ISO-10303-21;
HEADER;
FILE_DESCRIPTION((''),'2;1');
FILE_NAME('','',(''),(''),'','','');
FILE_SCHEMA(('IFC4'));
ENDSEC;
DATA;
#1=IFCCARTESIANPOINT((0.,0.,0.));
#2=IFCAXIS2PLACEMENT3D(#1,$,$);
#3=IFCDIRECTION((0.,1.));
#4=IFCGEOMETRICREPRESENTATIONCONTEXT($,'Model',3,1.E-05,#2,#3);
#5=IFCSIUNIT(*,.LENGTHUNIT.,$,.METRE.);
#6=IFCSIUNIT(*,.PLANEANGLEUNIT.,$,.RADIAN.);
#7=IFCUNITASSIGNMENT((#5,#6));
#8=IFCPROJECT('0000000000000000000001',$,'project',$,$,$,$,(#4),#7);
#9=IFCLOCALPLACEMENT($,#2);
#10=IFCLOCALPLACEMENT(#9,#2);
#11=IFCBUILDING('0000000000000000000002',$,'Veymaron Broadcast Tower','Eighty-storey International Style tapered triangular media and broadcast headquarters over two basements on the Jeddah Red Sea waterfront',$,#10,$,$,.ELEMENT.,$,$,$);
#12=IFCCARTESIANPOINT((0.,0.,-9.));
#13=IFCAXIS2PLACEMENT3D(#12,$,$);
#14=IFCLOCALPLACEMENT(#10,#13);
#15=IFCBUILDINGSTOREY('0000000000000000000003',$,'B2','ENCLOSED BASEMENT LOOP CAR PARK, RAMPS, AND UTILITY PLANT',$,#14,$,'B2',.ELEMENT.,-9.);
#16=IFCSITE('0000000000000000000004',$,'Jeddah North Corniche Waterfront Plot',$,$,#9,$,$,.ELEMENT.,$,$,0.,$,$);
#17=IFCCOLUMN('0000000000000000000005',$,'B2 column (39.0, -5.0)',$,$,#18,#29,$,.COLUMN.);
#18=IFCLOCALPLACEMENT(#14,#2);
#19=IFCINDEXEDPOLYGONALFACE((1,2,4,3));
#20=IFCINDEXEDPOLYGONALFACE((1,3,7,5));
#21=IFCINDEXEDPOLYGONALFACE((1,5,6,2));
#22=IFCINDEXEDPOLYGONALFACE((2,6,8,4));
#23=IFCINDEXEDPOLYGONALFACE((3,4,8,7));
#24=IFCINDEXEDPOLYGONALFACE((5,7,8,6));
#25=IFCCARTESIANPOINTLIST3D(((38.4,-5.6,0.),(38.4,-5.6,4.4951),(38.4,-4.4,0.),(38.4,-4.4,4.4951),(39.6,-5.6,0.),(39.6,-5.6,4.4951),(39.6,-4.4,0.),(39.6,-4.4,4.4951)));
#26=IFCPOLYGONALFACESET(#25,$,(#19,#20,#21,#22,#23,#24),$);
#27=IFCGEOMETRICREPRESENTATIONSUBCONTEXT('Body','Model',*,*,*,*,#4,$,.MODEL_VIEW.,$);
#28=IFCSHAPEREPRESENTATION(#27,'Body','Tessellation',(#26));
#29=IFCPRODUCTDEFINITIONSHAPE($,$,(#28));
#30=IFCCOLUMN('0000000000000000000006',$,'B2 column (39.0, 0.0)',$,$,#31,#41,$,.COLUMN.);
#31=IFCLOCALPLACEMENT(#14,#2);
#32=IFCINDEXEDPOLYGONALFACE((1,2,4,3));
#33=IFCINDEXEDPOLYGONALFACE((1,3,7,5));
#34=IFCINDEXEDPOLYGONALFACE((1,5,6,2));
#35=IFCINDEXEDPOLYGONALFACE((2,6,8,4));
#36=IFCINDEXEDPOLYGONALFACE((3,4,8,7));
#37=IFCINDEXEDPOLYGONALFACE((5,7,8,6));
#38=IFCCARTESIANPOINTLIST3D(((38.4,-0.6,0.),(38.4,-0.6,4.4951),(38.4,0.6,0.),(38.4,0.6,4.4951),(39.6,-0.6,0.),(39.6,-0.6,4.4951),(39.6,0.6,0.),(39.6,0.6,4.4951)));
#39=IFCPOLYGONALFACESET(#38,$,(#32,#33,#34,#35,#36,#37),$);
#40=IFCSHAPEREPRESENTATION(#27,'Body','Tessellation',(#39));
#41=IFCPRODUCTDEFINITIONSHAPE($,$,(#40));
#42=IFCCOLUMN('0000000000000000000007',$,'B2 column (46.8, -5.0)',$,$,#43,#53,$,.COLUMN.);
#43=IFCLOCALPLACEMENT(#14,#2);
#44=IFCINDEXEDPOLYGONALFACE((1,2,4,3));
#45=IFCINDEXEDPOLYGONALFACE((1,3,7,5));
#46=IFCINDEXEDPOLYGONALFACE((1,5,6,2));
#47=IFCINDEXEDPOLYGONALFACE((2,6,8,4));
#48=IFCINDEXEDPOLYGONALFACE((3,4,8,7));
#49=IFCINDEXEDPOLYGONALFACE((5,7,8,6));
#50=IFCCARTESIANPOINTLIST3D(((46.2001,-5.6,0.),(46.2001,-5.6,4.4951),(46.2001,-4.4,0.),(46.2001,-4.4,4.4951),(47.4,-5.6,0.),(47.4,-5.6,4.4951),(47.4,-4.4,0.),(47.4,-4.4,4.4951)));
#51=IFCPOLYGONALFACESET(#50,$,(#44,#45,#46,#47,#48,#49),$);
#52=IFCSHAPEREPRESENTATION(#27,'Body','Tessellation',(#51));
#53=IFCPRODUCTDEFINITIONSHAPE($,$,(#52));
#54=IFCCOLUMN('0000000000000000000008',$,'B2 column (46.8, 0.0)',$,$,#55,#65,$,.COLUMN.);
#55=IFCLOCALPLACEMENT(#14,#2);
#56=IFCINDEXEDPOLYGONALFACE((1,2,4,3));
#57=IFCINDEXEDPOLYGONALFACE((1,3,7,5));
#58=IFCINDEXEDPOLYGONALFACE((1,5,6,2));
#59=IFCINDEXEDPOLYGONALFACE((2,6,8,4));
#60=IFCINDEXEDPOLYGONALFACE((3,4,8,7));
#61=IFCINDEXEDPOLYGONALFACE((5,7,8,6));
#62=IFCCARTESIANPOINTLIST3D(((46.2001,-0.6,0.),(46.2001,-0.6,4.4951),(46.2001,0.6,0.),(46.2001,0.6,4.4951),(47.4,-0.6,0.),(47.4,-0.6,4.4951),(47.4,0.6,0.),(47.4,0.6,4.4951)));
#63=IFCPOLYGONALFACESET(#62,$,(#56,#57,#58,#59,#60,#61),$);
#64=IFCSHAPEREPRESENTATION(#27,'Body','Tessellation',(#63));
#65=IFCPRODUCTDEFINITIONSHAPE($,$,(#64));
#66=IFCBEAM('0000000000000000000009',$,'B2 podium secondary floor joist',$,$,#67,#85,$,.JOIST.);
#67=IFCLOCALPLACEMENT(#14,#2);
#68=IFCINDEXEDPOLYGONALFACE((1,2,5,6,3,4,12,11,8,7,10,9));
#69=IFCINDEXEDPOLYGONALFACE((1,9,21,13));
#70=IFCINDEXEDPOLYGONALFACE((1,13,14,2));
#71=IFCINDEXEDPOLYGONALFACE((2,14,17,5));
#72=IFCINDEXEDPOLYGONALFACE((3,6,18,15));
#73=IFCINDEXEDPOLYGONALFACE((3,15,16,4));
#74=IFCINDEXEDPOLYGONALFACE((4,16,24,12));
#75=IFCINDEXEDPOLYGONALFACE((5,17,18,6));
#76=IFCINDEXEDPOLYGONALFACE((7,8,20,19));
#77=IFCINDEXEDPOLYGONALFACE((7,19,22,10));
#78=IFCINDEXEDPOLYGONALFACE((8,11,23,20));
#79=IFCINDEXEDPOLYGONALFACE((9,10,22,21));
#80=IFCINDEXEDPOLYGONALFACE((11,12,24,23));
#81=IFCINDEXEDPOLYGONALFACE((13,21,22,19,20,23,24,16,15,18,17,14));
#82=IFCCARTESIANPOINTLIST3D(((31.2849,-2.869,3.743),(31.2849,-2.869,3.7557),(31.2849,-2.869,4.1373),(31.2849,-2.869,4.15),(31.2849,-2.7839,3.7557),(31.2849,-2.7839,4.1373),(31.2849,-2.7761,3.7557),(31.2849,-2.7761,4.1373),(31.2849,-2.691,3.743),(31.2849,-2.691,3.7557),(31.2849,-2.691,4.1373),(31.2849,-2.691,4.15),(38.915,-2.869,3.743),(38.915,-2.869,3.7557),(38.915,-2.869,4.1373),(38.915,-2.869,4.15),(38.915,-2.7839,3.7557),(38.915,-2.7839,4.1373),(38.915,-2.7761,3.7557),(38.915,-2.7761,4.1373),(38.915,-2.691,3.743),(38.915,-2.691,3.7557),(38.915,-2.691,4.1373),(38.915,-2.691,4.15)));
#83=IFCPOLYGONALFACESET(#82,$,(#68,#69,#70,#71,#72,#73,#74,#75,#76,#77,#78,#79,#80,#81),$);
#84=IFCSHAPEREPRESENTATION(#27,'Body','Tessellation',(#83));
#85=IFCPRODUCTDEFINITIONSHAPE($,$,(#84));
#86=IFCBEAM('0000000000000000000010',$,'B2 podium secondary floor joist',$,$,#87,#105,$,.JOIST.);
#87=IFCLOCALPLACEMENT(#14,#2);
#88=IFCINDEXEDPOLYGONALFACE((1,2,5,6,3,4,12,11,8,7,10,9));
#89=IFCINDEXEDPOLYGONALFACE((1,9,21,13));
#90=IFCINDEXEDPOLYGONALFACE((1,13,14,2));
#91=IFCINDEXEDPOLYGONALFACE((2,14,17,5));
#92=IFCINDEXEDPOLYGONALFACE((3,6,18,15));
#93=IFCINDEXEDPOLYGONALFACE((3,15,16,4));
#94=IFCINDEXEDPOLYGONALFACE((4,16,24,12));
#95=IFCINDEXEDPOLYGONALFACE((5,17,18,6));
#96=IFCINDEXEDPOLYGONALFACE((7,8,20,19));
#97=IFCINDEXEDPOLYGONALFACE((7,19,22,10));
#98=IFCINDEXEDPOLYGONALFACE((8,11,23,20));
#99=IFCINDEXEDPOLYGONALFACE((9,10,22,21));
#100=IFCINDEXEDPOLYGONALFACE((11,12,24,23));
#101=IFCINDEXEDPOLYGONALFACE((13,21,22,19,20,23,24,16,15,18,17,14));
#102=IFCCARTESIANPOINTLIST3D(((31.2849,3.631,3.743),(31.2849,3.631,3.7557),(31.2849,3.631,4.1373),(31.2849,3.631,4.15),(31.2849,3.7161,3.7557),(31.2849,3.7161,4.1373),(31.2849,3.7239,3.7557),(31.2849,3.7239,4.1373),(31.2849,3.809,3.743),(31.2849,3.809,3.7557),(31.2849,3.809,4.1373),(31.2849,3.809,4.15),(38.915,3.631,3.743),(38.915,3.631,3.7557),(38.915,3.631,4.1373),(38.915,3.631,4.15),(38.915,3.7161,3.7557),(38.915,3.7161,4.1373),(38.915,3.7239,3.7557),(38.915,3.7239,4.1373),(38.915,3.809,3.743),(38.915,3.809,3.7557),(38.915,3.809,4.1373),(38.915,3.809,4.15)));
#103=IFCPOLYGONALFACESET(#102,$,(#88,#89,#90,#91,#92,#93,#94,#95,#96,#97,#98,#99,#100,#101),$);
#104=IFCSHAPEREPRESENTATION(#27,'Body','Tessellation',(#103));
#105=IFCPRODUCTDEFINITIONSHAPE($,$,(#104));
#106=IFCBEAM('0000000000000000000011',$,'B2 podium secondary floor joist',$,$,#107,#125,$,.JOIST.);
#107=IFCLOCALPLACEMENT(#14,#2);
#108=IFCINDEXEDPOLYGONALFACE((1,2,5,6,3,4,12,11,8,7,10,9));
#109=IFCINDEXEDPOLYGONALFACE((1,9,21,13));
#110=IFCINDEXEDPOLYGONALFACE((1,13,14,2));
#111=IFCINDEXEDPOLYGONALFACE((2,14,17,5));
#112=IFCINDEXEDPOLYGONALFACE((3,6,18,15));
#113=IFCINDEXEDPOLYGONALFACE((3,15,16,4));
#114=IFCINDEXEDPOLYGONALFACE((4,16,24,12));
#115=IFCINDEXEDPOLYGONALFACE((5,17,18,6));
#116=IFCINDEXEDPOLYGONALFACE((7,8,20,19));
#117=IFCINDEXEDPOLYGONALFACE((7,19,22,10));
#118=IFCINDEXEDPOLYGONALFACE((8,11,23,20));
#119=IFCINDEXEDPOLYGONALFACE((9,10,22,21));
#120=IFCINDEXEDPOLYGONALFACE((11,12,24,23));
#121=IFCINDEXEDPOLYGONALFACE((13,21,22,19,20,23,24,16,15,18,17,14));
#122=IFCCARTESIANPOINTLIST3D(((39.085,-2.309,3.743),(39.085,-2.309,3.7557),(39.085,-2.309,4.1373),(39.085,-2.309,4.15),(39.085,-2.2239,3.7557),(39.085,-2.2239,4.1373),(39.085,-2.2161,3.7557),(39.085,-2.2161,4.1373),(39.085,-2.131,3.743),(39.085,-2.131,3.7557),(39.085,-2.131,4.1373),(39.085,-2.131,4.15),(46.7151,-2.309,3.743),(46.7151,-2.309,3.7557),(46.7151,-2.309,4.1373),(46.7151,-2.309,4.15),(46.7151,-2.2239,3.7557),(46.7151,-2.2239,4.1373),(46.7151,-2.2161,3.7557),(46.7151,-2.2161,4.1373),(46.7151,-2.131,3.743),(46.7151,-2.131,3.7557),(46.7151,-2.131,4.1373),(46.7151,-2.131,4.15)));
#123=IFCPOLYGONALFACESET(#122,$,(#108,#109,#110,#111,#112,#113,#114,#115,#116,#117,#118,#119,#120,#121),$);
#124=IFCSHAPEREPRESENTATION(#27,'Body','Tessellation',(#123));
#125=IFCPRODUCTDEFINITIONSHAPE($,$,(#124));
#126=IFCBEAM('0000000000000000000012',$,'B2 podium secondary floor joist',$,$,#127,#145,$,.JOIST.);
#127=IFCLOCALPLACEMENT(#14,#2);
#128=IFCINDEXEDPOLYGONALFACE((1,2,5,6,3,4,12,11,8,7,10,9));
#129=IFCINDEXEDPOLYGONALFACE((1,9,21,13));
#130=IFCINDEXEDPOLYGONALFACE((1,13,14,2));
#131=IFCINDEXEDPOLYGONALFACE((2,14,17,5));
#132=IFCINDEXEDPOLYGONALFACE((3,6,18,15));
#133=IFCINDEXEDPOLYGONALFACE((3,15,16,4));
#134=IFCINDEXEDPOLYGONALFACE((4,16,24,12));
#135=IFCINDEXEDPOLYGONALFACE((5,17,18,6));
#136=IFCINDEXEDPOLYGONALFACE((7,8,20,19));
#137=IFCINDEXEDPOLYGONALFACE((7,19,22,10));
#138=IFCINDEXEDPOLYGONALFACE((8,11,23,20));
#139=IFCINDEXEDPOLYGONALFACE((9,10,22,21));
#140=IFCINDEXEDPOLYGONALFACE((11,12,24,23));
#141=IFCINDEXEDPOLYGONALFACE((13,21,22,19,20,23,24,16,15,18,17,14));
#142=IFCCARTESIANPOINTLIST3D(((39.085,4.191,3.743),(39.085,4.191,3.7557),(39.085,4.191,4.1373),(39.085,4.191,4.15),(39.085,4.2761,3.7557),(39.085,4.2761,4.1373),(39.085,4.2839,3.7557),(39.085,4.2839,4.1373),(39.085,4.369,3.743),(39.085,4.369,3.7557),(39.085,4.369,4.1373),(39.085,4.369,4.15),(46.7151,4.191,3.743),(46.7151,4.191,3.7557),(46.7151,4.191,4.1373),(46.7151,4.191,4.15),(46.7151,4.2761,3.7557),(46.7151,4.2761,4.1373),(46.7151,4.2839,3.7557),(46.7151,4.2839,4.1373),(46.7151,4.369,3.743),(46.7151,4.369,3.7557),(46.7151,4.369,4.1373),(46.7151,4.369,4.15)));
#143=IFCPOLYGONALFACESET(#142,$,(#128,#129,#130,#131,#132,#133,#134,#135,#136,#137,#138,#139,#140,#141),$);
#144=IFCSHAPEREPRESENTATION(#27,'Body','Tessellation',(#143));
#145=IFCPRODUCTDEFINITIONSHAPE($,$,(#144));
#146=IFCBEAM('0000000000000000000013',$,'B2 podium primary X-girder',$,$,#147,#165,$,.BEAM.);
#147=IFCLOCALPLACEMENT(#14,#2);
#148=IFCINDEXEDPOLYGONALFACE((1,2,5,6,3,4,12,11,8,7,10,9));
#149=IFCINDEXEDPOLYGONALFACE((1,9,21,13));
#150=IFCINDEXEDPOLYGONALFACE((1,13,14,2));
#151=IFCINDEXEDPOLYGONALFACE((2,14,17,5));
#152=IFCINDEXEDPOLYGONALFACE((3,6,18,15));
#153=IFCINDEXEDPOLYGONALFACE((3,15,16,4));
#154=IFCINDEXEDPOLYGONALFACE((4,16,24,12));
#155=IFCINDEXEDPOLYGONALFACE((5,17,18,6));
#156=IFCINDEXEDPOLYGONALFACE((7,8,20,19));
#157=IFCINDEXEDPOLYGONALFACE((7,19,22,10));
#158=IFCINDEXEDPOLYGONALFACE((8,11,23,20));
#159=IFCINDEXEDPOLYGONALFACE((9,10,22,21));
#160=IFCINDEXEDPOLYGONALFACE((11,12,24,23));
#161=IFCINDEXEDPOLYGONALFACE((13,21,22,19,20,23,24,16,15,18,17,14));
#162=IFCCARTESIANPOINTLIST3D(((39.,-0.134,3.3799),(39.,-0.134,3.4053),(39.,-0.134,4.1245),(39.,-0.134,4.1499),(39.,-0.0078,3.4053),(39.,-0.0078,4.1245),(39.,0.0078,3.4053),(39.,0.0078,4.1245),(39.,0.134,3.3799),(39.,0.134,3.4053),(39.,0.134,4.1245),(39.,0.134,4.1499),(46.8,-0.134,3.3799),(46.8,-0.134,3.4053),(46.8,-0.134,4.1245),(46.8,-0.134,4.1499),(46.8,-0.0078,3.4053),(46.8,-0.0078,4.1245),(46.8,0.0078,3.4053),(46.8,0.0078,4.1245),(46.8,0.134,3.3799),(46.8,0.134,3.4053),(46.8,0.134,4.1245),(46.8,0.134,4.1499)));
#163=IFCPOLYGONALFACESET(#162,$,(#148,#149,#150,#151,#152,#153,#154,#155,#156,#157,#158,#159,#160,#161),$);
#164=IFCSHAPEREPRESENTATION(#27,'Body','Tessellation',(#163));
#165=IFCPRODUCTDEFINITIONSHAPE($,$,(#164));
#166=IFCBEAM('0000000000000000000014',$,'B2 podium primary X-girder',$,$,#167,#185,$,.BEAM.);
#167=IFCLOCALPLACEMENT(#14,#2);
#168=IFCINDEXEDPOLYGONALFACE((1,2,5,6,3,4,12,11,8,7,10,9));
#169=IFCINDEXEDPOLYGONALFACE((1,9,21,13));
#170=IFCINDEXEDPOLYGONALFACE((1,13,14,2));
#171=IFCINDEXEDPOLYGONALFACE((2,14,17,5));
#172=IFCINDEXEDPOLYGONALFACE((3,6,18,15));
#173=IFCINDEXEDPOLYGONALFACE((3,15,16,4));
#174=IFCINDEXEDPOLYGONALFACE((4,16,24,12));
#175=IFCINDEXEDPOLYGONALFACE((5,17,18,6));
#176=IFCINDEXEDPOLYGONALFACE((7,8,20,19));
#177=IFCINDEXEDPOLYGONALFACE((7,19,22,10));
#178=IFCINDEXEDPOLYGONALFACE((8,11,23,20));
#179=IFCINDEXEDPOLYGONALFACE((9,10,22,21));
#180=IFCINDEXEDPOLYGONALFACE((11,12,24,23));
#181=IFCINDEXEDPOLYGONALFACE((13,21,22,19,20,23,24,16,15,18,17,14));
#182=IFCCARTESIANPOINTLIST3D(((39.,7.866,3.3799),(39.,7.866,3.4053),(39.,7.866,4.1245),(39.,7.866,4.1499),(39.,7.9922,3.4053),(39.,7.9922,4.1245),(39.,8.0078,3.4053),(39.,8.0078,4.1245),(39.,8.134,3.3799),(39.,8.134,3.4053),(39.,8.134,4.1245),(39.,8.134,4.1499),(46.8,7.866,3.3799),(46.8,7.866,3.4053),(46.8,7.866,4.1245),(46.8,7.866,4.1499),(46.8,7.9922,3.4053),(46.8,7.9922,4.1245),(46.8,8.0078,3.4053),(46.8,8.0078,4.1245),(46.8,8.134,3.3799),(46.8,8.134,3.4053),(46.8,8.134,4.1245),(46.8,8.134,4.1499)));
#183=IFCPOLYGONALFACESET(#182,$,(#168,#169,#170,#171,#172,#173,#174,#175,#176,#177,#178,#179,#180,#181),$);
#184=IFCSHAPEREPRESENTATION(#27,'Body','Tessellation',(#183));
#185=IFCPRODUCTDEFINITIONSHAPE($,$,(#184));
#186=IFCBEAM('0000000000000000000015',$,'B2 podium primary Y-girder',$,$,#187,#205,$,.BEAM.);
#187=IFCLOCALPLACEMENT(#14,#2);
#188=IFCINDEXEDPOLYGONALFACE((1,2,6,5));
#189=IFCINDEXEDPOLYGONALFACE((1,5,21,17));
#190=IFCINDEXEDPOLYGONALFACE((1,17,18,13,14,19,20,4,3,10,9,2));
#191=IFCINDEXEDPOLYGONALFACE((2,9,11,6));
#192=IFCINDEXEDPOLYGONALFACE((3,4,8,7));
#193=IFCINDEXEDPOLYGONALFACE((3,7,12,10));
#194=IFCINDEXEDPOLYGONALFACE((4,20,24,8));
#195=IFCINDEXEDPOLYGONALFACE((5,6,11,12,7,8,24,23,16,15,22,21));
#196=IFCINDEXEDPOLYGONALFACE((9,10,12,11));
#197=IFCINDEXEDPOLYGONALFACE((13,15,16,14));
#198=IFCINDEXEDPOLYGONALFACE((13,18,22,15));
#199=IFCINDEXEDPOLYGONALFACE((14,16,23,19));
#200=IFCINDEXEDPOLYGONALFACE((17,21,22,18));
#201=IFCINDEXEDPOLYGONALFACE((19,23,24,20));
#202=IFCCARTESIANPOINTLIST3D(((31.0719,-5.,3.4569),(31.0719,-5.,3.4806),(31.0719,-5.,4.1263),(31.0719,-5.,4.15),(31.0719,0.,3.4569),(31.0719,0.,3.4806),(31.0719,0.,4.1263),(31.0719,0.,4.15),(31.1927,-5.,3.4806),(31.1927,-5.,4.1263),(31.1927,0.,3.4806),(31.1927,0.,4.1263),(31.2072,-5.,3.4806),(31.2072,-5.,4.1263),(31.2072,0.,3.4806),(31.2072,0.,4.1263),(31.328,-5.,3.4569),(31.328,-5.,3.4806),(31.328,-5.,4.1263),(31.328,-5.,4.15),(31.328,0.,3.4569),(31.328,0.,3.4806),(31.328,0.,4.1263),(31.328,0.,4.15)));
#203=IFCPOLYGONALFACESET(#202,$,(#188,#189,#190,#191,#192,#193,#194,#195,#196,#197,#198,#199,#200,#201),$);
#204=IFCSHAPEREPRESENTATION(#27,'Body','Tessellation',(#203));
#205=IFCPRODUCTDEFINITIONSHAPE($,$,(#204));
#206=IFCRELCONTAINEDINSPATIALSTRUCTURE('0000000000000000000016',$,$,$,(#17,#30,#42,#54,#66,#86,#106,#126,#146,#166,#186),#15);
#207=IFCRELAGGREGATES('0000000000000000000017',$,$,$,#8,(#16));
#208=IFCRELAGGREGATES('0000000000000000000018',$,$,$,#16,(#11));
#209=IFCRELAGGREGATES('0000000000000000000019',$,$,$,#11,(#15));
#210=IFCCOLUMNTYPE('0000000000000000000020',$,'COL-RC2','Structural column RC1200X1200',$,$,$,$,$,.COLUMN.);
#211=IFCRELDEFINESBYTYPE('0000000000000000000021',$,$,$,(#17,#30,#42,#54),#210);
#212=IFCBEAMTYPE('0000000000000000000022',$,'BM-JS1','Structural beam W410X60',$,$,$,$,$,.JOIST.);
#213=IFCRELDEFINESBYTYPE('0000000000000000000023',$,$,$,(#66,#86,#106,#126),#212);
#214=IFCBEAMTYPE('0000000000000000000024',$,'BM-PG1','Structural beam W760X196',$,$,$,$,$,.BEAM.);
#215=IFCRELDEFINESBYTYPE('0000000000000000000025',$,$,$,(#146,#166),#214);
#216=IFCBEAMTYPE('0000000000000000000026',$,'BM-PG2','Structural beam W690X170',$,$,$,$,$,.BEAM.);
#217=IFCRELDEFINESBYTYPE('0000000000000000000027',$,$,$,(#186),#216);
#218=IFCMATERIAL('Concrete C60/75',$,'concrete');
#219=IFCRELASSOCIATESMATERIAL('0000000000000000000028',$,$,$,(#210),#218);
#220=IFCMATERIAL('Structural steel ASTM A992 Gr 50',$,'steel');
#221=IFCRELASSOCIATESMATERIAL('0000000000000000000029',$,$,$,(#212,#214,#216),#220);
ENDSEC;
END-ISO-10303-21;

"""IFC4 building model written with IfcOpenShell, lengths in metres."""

from ifc_helpers import new_model, si_unit, direction, frame, origin, origin_2d, place, context, subcontext, project, spatial, rectangle, i_section, extrude, material, material_profile, profile_set, type_object, element, save


model = new_model("IFC4")

# Units and contexts
model_context = context("Model", 3, precision=1e-05, world=origin(), true_north=direction((0.0, 1.0)))
body_context = subcontext(model_context, "Body", "Model", "MODEL_VIEW")
ifc_project = project(units=[si_unit("LENGTHUNIT", "METRE"), si_unit("PLANEANGLEUNIT", "RADIAN")], contexts=[model_context])

# Site, building, storey
site_placement = place(None, origin())
site = spatial("IfcSite", under=ifc_project, at=site_placement, Name="Jeddah North Corniche Waterfront Plot", CompositionType="ELEMENT", RefElevation=0.0)
building_placement = place(site_placement, origin())
building = spatial("IfcBuilding", under=site, at=building_placement, Name="Veymaron Broadcast Tower", Description="Eighty-storey International Style tapered triangular media and broadcast headquarters over two basements on the Jeddah Red Sea waterfront", CompositionType="ELEMENT")
storey_placement = place(building_placement, frame((0.0, 0.0, -9.0)))
storey = spatial("IfcBuildingStorey", under=building, at=storey_placement, Name="B2", Description="ENCLOSED BASEMENT LOOP CAR PARK, RAMPS, AND UTILITY PLANT", LongName="B2", CompositionType="ELEMENT", Elevation=-9.0)

# Columns
ifc_material_1 = material(Name="Concrete C60/75", Category="concrete")
ifc_material_profile_1 = material_profile(ifc_material_1, rectangle(XDim=1.2, YDim=1.2, at=origin_2d()), Name="RC1200X1200")
ifc_profile_set_1 = profile_set([ifc_material_profile_1], Name="Concrete C60/75")
column_type_1 = type_object("IfcColumnType", Name="COL-RC2", Description="Structural column RC1200X1200", PredefinedType="COLUMN", material=ifc_profile_set_1)
for number, where, z_axis, x_axis, name in (
    (1, (39.0, -5.0, 0.0), (0.0, 0.0, 1.0), (1.0, 0.0, 0.0), "B2 column (39.0, -5.0)"),
    (2, (39.0, 0.0, 0.0), (0.0, 0.0, 1.0), (1.0, 0.0, 0.0), "B2 column (39.0, 0.0)"),
    (3, (46.8, -5.0, 0.0), (0.0, 0.0, 1.0), (1.0, 0.0, 0.0), "B2 column (46.8, -5.0)"),
    (4, (46.8, 0.0, 0.0), (0.0, 0.0, 1.0), (1.0, 0.0, 0.0), "B2 column (46.8, 0.0)"),
):
    element("IfcColumn", number, at=place(storey_placement, frame(where, z_axis=z_axis, x_axis=x_axis)), inside=storey, type_object=column_type_1, Name=name, PredefinedType="COLUMN", context=body_context, shape_type="SweptSolid", body=[
        extrude(rectangle(XDim=1.2, YDim=1.2, at=origin_2d()), origin(), (0.0, 0.0, 1.0), 4.4951),
    ])

# Beams
ifc_material_2 = material(Name="Structural steel ASTM A992 Gr 50", Category="steel")
ifc_material_profile_2 = material_profile(ifc_material_2, i_section(OverallWidth=0.178, OverallDepth=0.407, WebThickness=0.0078, FlangeThickness=0.0127, at=origin_2d()), Name="W410X60")
ifc_profile_set_2 = profile_set([ifc_material_profile_2], Name="Structural steel ASTM A992 Gr 50")
beam_type_1 = type_object("IfcBeamType", Name="BM-JS1", Description="Structural beam W410X60", PredefinedType="JOIST", material=ifc_profile_set_2)
for number, where, z_axis, x_axis, name in (
    (5, (31.2849, -2.78, 3.9465), (1.0, 0.0, 0.0), (0.0, 1.0, 0.0), "B2 podium secondary floor joist"),
    (6, (31.2849, 3.72, 3.9465), (1.0, 0.0, 0.0), (0.0, 1.0, 0.0), "B2 podium secondary floor joist"),
    (7, (39.085, -2.22, 3.9465), (1.0, 0.0, 0.0), (0.0, 1.0, 0.0), "B2 podium secondary floor joist"),
    (8, (39.085, 4.28, 3.9465), (1.0, 0.0, 0.0), (0.0, 1.0, 0.0), "B2 podium secondary floor joist"),
):
    element("IfcBeam", number, at=place(storey_placement, frame(where, z_axis=z_axis, x_axis=x_axis)), inside=storey, type_object=beam_type_1, Name=name, PredefinedType="JOIST", context=body_context, shape_type="SweptSolid", body=[
        extrude(i_section(OverallWidth=0.178, OverallDepth=0.407, WebThickness=0.0078, FlangeThickness=0.0127, at=origin_2d()), origin(), (0.0, 0.0, 1.0), 7.6301),
    ])
ifc_material_profile_3 = material_profile(ifc_material_2, i_section(OverallWidth=0.2681, OverallDepth=0.77, WebThickness=0.0156, FlangeThickness=0.0254, at=origin_2d()), Name="W760X196")
ifc_profile_set_3 = profile_set([ifc_material_profile_3], Name="Structural steel ASTM A992 Gr 50")
beam_type_2 = type_object("IfcBeamType", Name="BM-PG1", Description="Structural beam W760X196", PredefinedType="BEAM", material=ifc_profile_set_3)
for number, where, z_axis, x_axis, name in (
    (9, (39.0, 0.0, 3.7649), (1.0, 0.0, 0.0), (0.0, 1.0, 0.0), "B2 podium primary X-girder"),
    (10, (39.0, 8.0, 3.7649), (1.0, 0.0, 0.0), (0.0, 1.0, 0.0), "B2 podium primary X-girder"),
):
    element("IfcBeam", number, at=place(storey_placement, frame(where, z_axis=z_axis, x_axis=x_axis)), inside=storey, type_object=beam_type_2, Name=name, PredefinedType="BEAM", context=body_context, shape_type="SweptSolid", body=[
        extrude(i_section(OverallWidth=0.2681, OverallDepth=0.77, WebThickness=0.0156, FlangeThickness=0.0254, at=origin_2d()), origin(), (0.0, 0.0, 1.0), 7.8),
    ])
ifc_material_profile_4 = material_profile(ifc_material_2, i_section(OverallWidth=0.2561, OverallDepth=0.6931, WebThickness=0.0144, FlangeThickness=0.0237, at=origin_2d()), Name="W690X170")
ifc_profile_set_4 = profile_set([ifc_material_profile_4], Name="Structural steel ASTM A992 Gr 50")
beam_type_3 = type_object("IfcBeamType", Name="BM-PG2", Description="Structural beam W690X170", PredefinedType="BEAM", material=ifc_profile_set_4)
beam_1_placement = place(storey_placement, frame((31.2, -5.0, 3.8035), z_axis=(0.0, 1.0, 0.0), x_axis=(-1.0, 0.0, 0.0)))
element("IfcBeam", 11, at=beam_1_placement, inside=storey, type_object=beam_type_3, Name="B2 podium primary Y-girder", PredefinedType="BEAM", context=body_context, shape_type="SweptSolid", body=[
    extrude(i_section(OverallWidth=0.2561, OverallDepth=0.6931, WebThickness=0.0144, FlangeThickness=0.0237, at=origin_2d()), origin(), (0.0, 0.0, 1.0), 5.0),
])

save(model, "model.ifc")
